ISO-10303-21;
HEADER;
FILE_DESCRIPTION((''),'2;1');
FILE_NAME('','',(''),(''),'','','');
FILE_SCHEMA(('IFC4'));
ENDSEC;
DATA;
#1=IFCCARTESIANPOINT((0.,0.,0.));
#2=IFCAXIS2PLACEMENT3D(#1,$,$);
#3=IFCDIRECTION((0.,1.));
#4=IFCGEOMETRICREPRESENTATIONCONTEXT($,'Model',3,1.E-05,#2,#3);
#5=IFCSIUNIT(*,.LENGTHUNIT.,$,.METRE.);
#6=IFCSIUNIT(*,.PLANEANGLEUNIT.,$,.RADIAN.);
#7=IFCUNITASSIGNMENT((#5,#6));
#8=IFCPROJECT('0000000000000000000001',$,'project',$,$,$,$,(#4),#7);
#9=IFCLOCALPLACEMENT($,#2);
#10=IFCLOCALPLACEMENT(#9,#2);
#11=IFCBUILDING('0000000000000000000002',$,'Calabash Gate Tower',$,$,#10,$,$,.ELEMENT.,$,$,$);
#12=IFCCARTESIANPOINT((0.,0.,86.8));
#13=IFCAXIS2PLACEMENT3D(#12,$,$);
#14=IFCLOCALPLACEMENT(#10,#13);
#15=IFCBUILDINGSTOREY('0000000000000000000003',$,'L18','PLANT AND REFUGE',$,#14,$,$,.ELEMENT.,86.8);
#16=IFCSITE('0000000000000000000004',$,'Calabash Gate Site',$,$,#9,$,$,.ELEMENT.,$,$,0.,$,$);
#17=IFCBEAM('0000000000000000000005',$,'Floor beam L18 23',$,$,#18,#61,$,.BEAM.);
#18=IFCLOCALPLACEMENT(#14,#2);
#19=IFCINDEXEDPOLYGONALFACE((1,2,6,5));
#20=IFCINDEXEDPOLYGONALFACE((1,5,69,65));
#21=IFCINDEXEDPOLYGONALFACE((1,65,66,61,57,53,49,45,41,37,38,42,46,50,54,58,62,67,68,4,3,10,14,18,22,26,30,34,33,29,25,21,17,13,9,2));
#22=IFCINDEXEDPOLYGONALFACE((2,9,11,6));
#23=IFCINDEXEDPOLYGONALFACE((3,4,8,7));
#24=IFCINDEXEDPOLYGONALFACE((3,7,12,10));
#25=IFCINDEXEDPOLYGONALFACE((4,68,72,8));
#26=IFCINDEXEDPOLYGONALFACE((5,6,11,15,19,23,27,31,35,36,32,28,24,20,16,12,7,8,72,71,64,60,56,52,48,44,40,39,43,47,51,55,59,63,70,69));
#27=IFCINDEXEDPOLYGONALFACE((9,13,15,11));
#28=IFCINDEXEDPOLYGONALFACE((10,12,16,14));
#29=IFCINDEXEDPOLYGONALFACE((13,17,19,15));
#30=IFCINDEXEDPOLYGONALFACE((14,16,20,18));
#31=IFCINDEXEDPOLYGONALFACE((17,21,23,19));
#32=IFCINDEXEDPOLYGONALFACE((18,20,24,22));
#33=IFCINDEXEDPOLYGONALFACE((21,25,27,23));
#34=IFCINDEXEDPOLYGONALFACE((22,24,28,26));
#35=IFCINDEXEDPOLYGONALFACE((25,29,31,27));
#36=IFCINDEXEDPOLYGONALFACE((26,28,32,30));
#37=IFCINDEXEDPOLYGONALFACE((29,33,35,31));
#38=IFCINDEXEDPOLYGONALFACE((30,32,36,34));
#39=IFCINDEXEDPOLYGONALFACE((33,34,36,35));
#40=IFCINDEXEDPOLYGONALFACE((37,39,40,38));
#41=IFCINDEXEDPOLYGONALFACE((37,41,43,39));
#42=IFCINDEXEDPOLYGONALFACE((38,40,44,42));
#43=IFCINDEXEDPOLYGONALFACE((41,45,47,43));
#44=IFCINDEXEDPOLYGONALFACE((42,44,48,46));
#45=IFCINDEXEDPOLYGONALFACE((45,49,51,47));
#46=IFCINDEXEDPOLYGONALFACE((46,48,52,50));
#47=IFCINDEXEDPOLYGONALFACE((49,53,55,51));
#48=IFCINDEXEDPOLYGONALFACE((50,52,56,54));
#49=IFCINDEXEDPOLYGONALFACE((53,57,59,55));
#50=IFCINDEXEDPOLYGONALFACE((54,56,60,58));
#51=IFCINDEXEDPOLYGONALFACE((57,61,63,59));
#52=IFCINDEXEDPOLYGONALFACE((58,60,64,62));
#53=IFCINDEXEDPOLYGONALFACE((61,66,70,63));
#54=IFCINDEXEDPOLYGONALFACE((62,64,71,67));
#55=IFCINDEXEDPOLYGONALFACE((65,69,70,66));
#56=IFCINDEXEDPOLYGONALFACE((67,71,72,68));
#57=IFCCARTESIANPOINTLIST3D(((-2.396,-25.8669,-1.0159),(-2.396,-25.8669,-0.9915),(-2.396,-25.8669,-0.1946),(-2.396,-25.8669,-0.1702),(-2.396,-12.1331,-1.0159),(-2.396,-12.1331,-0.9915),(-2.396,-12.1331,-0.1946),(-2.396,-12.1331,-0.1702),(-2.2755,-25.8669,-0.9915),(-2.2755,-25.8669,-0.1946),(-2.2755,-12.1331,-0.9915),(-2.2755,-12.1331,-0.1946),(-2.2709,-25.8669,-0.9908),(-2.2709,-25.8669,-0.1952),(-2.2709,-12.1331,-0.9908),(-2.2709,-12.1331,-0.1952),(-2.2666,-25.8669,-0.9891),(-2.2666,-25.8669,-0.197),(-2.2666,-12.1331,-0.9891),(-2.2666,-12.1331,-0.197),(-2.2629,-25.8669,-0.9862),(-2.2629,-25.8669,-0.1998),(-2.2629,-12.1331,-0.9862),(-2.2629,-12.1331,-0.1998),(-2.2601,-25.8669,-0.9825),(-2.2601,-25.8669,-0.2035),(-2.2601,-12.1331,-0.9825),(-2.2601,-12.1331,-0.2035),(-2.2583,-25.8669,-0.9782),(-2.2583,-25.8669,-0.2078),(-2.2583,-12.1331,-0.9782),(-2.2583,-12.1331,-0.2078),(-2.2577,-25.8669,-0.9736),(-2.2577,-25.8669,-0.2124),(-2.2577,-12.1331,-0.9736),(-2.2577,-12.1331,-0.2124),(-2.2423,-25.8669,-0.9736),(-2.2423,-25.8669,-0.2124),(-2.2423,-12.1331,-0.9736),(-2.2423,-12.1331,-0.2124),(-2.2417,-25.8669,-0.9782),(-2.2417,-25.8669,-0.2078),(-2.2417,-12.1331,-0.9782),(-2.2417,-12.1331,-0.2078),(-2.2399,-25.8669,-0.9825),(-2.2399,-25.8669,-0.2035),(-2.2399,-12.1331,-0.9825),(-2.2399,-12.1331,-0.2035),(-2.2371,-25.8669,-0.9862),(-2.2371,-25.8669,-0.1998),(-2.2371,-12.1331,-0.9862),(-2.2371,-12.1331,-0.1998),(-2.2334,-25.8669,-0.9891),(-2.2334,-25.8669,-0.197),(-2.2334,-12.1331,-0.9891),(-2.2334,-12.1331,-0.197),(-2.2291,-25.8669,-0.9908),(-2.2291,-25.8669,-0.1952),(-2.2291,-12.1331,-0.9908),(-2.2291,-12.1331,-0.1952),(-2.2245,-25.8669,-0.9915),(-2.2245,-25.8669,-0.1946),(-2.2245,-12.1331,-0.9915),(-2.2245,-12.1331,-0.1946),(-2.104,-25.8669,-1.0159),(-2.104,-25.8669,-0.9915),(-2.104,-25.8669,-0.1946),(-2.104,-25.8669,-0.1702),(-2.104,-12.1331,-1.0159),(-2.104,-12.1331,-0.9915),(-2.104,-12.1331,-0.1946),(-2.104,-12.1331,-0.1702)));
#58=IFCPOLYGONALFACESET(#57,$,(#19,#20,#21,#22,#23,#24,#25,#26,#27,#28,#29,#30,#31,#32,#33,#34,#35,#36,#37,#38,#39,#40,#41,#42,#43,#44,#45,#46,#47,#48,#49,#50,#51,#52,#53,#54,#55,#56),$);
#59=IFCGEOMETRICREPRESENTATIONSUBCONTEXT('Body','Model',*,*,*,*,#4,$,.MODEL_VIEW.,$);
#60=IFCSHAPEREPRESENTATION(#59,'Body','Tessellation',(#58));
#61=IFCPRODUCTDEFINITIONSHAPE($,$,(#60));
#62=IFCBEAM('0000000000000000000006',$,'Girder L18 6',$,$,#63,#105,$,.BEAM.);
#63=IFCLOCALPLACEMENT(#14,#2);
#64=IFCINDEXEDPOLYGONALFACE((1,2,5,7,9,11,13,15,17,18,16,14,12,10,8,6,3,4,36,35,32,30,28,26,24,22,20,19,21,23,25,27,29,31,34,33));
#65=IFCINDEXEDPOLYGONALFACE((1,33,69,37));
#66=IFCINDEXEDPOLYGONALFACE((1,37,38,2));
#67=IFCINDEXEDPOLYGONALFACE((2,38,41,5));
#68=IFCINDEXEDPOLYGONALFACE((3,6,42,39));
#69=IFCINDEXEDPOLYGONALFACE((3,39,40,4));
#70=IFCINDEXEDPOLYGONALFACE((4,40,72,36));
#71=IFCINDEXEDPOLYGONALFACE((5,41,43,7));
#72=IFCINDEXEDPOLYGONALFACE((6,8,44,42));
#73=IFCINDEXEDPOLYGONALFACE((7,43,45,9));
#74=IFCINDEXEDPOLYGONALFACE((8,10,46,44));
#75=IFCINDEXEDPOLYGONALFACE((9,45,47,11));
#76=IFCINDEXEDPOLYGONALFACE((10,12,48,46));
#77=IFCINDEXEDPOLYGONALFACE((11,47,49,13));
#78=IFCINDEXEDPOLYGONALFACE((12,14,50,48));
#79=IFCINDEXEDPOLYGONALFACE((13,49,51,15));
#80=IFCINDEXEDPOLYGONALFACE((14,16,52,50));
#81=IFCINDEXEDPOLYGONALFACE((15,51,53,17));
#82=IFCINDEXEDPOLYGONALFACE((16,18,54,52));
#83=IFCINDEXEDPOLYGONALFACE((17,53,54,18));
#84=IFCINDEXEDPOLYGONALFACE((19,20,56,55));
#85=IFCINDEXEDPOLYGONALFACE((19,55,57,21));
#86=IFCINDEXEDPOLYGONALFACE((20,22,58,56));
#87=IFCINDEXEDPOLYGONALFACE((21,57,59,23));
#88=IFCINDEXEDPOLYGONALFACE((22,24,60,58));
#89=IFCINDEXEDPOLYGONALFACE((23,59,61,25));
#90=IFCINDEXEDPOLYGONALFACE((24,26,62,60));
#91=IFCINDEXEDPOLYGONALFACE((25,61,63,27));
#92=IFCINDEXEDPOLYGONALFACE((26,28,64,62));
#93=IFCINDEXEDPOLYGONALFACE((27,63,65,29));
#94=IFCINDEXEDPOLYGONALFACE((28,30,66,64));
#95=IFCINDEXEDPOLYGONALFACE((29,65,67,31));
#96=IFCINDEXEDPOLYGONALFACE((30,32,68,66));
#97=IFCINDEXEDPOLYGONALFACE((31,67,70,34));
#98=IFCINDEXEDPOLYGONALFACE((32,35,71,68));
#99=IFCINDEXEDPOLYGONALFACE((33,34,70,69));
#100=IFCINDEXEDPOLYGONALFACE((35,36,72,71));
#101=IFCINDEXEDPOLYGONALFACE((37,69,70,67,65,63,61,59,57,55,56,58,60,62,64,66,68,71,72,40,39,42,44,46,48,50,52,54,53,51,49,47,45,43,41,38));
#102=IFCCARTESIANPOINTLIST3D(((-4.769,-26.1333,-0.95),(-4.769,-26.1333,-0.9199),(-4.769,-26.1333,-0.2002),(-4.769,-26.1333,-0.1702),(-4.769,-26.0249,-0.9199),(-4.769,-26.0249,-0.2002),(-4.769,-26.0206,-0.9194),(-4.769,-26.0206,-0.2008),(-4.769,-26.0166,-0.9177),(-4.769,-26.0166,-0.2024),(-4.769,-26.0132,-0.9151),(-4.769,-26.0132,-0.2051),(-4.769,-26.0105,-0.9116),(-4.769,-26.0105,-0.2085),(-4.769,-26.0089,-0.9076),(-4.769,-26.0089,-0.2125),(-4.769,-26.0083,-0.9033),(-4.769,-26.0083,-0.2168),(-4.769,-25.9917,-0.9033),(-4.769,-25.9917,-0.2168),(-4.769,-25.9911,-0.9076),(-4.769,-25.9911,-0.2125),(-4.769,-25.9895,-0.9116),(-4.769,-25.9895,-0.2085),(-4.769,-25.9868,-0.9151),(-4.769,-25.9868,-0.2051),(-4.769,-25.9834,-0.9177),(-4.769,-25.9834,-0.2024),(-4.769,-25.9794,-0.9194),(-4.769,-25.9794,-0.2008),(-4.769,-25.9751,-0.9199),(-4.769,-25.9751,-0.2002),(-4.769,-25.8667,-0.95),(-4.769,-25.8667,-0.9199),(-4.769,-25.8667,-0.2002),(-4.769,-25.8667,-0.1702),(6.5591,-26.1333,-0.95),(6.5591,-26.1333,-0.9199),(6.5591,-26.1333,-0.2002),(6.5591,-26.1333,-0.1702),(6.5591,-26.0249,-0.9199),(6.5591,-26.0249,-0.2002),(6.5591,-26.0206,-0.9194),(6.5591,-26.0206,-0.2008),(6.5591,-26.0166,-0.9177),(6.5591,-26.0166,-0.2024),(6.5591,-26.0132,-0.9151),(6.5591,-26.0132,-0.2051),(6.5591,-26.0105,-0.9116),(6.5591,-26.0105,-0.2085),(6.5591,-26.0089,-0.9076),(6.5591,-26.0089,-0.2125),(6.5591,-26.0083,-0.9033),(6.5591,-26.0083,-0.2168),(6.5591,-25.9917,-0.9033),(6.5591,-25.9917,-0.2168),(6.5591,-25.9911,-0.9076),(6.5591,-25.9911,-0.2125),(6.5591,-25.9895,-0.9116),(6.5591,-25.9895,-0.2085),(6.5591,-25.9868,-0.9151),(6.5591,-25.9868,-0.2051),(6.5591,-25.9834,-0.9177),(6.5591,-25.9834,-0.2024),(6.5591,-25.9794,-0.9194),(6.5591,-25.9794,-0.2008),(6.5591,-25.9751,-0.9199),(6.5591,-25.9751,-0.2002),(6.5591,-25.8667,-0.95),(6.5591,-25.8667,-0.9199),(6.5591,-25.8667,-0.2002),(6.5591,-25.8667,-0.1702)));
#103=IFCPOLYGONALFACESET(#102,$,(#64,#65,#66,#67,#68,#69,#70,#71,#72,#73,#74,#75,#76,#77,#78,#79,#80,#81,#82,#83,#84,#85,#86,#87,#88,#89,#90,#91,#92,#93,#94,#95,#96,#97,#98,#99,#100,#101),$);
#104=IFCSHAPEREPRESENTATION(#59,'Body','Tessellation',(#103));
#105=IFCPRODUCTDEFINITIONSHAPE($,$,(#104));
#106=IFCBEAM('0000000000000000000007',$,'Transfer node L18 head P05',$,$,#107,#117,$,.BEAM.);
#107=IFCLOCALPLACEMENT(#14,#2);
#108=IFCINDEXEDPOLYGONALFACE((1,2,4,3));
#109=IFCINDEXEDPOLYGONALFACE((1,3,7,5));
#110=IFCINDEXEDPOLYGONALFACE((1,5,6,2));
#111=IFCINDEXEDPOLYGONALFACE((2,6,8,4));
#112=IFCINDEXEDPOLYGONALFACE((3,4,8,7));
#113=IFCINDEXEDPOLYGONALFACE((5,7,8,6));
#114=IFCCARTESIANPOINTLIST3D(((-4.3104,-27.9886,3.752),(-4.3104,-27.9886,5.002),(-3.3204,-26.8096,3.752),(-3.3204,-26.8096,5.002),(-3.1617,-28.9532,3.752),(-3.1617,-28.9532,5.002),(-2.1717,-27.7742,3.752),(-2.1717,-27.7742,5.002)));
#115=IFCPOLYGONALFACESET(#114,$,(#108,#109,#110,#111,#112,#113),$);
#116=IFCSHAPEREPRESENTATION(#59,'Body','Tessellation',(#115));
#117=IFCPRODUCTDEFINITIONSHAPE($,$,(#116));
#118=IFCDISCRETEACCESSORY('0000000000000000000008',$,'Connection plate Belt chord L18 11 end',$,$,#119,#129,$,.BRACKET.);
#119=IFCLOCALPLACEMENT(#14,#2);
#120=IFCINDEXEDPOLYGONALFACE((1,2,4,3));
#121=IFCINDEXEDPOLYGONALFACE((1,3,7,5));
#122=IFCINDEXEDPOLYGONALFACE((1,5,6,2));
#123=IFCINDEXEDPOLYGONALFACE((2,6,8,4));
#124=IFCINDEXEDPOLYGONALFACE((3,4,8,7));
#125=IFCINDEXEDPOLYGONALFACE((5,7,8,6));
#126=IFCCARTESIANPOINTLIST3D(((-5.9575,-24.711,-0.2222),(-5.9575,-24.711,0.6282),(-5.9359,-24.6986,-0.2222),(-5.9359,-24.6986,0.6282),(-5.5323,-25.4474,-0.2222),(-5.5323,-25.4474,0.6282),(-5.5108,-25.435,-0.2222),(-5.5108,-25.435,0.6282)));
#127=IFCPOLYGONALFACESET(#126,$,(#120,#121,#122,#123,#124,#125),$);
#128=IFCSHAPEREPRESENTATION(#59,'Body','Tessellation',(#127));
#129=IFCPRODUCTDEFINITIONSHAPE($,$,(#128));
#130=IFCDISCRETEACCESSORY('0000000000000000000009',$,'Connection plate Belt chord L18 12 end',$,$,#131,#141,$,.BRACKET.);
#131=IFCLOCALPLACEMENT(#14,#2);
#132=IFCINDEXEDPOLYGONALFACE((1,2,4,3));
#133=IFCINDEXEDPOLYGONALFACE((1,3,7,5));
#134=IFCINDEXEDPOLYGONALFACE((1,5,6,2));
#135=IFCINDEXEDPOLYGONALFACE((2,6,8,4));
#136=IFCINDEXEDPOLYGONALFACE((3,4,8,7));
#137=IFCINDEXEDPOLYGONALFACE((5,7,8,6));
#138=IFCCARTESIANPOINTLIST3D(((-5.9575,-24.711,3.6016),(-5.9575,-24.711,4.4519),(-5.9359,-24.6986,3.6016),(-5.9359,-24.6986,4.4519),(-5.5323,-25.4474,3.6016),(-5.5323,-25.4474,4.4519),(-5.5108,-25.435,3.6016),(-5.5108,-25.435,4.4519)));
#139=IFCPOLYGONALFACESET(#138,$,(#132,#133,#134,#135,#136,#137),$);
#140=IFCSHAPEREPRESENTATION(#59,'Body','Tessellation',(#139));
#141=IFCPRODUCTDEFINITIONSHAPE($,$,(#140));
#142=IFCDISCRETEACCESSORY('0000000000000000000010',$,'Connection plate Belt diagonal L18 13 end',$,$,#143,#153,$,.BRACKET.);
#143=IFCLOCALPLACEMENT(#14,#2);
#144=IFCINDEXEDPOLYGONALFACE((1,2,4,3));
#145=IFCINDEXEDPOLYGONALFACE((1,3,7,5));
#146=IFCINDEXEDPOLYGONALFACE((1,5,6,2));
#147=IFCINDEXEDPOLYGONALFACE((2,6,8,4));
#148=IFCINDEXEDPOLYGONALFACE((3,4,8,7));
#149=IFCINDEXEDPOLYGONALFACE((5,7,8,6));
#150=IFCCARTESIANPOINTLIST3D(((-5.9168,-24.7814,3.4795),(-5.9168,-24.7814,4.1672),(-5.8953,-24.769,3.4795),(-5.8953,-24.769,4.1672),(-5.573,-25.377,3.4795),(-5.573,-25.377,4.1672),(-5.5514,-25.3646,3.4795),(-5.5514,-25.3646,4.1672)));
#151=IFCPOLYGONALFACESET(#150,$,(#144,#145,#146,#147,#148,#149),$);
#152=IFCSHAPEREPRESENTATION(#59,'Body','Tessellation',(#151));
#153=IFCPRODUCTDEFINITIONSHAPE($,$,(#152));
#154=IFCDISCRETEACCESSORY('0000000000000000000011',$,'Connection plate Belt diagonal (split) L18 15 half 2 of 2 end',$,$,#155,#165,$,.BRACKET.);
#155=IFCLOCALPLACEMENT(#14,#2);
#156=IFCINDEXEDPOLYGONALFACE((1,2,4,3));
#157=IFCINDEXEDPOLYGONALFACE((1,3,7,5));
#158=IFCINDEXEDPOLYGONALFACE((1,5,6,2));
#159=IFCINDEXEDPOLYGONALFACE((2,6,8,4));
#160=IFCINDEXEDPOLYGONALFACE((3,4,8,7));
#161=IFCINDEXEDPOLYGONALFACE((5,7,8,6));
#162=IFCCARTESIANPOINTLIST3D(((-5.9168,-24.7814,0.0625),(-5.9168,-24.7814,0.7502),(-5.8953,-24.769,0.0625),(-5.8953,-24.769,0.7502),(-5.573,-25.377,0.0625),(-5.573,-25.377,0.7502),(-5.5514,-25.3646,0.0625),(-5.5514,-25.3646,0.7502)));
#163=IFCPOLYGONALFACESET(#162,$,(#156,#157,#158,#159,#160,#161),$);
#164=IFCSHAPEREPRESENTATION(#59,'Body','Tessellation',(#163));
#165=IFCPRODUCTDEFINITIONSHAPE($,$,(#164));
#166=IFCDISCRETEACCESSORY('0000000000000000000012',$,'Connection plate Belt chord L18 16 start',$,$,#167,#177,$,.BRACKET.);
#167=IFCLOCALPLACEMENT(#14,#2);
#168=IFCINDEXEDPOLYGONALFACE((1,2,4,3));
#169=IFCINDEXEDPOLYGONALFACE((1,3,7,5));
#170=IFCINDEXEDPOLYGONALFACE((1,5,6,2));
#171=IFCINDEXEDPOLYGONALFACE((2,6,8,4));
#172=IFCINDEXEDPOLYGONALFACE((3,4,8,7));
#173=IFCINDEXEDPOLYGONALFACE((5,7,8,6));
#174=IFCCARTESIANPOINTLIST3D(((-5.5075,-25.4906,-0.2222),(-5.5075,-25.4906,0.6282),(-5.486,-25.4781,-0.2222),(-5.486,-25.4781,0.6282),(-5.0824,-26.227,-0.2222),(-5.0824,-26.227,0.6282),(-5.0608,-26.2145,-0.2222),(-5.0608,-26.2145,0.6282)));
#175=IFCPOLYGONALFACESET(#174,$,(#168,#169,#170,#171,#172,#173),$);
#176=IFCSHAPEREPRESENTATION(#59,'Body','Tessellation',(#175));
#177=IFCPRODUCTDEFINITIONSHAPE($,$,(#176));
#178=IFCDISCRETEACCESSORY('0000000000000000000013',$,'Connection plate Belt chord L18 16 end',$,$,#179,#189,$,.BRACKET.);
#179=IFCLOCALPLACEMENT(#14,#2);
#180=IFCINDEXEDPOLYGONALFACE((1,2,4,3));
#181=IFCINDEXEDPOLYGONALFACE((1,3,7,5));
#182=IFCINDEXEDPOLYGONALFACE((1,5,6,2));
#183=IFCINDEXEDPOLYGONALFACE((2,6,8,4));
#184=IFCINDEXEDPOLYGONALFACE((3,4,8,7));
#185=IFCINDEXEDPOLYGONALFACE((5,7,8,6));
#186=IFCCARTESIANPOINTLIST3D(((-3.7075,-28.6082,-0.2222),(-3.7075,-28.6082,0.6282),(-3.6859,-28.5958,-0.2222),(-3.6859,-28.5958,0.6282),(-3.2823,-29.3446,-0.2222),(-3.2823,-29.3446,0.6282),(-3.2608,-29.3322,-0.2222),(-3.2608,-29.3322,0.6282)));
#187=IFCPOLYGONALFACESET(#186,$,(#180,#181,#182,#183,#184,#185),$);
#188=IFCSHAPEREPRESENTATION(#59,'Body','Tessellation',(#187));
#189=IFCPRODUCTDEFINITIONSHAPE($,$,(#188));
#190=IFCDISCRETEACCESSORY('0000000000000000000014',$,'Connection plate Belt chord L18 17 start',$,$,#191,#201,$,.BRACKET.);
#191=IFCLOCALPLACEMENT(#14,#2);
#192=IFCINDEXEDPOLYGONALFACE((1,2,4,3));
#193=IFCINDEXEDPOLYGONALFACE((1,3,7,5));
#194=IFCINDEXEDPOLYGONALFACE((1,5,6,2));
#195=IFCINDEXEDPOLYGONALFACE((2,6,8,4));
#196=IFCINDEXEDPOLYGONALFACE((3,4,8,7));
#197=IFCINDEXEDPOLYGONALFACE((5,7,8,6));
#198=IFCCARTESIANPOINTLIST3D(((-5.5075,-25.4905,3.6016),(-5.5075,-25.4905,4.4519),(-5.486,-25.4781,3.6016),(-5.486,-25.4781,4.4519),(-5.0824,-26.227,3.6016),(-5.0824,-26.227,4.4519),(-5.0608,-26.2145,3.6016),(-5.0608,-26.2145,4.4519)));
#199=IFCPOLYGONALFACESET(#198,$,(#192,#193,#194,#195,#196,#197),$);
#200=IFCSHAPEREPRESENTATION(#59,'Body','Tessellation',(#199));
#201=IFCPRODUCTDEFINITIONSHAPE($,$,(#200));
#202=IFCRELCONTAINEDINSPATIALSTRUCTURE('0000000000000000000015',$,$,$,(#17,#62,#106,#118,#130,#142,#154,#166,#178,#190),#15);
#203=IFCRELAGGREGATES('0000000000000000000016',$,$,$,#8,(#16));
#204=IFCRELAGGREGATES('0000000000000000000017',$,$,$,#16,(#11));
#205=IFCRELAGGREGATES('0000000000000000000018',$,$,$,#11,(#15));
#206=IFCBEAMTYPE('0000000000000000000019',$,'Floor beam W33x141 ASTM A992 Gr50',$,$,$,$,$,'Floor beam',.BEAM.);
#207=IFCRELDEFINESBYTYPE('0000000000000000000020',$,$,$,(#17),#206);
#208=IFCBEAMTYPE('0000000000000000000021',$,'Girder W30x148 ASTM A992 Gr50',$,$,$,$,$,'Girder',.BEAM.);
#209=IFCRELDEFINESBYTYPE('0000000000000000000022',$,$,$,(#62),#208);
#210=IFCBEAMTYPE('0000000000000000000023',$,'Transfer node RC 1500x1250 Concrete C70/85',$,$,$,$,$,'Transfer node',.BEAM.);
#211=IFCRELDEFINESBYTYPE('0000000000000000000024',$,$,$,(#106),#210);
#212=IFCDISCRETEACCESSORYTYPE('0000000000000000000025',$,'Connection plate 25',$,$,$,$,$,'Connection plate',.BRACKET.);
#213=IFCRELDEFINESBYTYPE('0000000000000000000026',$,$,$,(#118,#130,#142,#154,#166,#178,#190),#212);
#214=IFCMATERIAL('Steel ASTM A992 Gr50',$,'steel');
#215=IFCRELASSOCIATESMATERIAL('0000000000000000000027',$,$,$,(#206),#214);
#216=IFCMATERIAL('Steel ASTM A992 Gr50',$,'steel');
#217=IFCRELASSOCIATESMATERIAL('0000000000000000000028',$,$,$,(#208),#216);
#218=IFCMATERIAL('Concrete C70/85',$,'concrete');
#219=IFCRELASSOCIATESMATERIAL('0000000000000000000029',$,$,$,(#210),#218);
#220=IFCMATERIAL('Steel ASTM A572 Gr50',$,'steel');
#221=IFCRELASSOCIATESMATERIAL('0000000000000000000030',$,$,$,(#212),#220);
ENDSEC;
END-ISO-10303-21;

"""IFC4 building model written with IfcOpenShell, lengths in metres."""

from ifc_helpers import new_model, si_unit, direction, frame, origin, origin_2d, place, context, subcontext, project, spatial, rectangle, i_section, extrude, material, material_profile, profile_set, type_object, element, save


model = new_model("IFC4")

# Units and contexts
model_context = context("Model", 3, precision=1e-05, world=origin(), true_north=direction((0.0, 1.0)))
body_context = subcontext(model_context, "Body", "Model", "MODEL_VIEW")
ifc_project = project(units=[si_unit("LENGTHUNIT", "METRE"), si_unit("PLANEANGLEUNIT", "RADIAN")], contexts=[model_context])

# Site, building, storey
site_placement = place(None, origin())
site = spatial("IfcSite", under=ifc_project, at=site_placement, Name="Calabash Gate Site", CompositionType="ELEMENT", RefElevation=0.0)
building_placement = place(site_placement, origin())
building = spatial("IfcBuilding", under=site, at=building_placement, Name="Calabash Gate Tower", CompositionType="ELEMENT")
storey_placement = place(building_placement, frame((0.0, 0.0, 86.8)))
storey = spatial("IfcBuildingStorey", under=building, at=storey_placement, Name="L18", Description="PLANT AND REFUGE", CompositionType="ELEMENT", Elevation=86.8)

# Beams
ifc_material_1 = material(Name="Steel ASTM A992 Gr50", Category="steel")
ifc_material_profile_1 = material_profile(ifc_material_1, i_section(OverallWidth=0.292, OverallDepth=0.8457, WebThickness=0.0154, FlangeThickness=0.0244, FilletRadius=0.0178, at=origin_2d()))
ifc_profile_set_1 = profile_set([ifc_material_profile_1], Name="Steel ASTM A992 Gr50")
beam_type_1 = type_object("IfcBeamType", Name="Floor beam W33x141 ASTM A992 Gr50", ElementType="Floor beam", PredefinedType="BEAM", material=ifc_profile_set_1)
for number, where, z_axis, x_axis, name in (
    (1, (-2.25, -25.8669, -0.593), (0.0, 1.0, 0.0), (-1.0, 0.0, 0.0), "Floor beam L18 23"),
):
    element("IfcBeam", number, at=place(storey_placement, frame(where, z_axis=z_axis, x_axis=x_axis)), inside=storey, type_object=beam_type_1, Name=name, PredefinedType="BEAM", context=body_context, shape_type="SweptSolid", body=[
        extrude(i_section(OverallWidth=0.292, OverallDepth=0.8457, WebThickness=0.0154, FlangeThickness=0.0244, FilletRadius=0.0178, at=origin_2d()), origin(), (0.0, 0.0, 1.0), 13.7339),
    ])
ifc_material_2 = material(Name="Steel ASTM A992 Gr50", Category="steel")
ifc_material_profile_2 = material_profile(ifc_material_2, i_section(OverallWidth=0.2666, OverallDepth=0.7798, WebThickness=0.0166, FlangeThickness=0.03, FilletRadius=0.0166, at=origin_2d()))
ifc_profile_set_2 = profile_set([ifc_material_profile_2], Name="Steel ASTM A992 Gr50")
beam_type_2 = type_object("IfcBeamType", Name="Girder W30x148 ASTM A992 Gr50", ElementType="Girder", PredefinedType="BEAM", material=ifc_profile_set_2)
beam_1_placement = place(storey_placement, frame((-4.769, -26.0, -0.5601), z_axis=(1.0, 0.0, 0.0), x_axis=(0.0, 1.0, 0.0)))
element("IfcBeam", 2, at=beam_1_placement, inside=storey, type_object=beam_type_2, Name="Girder L18 6", PredefinedType="BEAM", context=body_context, shape_type="SweptSolid", body=[
    extrude(i_section(OverallWidth=0.2666, OverallDepth=0.7798, WebThickness=0.0166, FlangeThickness=0.03, FilletRadius=0.0166, at=origin_2d()), origin(), (0.0, 0.0, 1.0), 11.3281),
])
ifc_material_3 = material(Name="Concrete C70/85", Category="concrete")
ifc_material_profile_3 = material_profile(ifc_material_3, rectangle(XDim=1.5, YDim=1.25, at=origin_2d()))
ifc_profile_set_3 = profile_set([ifc_material_profile_3], Name="Concrete C70/85")
beam_type_3 = type_object("IfcBeamType", Name="Transfer node RC 1500x1250 Concrete C70/85", ElementType="Transfer node", PredefinedType="BEAM", material=ifc_profile_set_3)
beam_2_placement = place(storey_placement, frame((-3.7361, -28.4709, 4.377), z_axis=(0.643066, 0.765811, 0.0), x_axis=(-0.765811, 0.643066, 0.0)))
element("IfcBeam", 3, at=beam_2_placement, inside=storey, type_object=beam_type_3, Name="Transfer node L18 head P05", PredefinedType="BEAM", context=body_context, shape_type="SweptSolid", body=[
    extrude(rectangle(XDim=1.5, YDim=1.25, at=origin_2d()), origin(), (0.0, 0.0, 1.0), 1.5396),
])

# Discrete accessories
ifc_material_4 = material(Name="Steel ASTM A572 Gr50", Category="steel")
discrete_accessory_type = type_object("IfcDiscreteAccessoryType", Name="Connection plate 25", ElementType="Connection plate", PredefinedType="BRACKET", material=ifc_material_4)
for number, where, z_axis, x_axis, name in (
    (4, (-5.7341, -25.073, -0.2222), (0.0, 0.0, 1.0), (0.5, -0.866025, 0.0), "Connection plate Belt chord L18 11 end"),
    (5, (-5.7341, -25.073, 3.6016), (0.0, 0.0, 1.0), (0.5, -0.866025, 0.0), "Connection plate Belt chord L18 12 end"),
):
    element("IfcDiscreteAccessory", number, at=place(storey_placement, frame(where, z_axis=z_axis, x_axis=x_axis)), inside=storey, type_object=discrete_accessory_type, Name=name, PredefinedType="BRACKET", context=body_context, shape_type="SweptSolid", body=[
        extrude(rectangle(XDim=0.8503, YDim=0.0249, at=origin_2d()), origin(), (0.0, 0.0, 1.0), 0.8503),
    ])
for number, where, z_axis, x_axis, name in (
    (6, (-5.7341, -25.073, 3.4795), (0.0, 0.0, 1.0), (0.5, -0.866025, 0.0), "Connection plate Belt diagonal L18 13 end"),
    (7, (-5.7341, -25.073, 0.0625), (0.0, 0.0, 1.0), (0.5, -0.866025, 0.0), "Connection plate Belt diagonal (split) L18 15 half 2 of 2 end"),
):
    element("IfcDiscreteAccessory", number, at=place(storey_placement, frame(where, z_axis=z_axis, x_axis=x_axis)), inside=storey, type_object=discrete_accessory_type, Name=name, PredefinedType="BRACKET", context=body_context, shape_type="SweptSolid", body=[
        extrude(rectangle(XDim=0.6877, YDim=0.0249, at=origin_2d()), origin(), (0.0, 0.0, 1.0), 0.6877),
    ])
for number, where, z_axis, x_axis, name in (
    (8, (-5.2842, -25.8525, -0.2222), (0.0, 0.0, 1.0), (0.5, -0.866025, 0.0), "Connection plate Belt chord L18 16 start"),
    (9, (-3.4841, -28.9702, -0.2222), (0.0, 0.0, 1.0), (0.5, -0.866025, 0.0), "Connection plate Belt chord L18 16 end"),
    (10, (-5.2842, -25.8525, 3.6016), (0.0, 0.0, 1.0), (0.499954, -0.866052, 0.0), "Connection plate Belt chord L18 17 start"),
):
    element("IfcDiscreteAccessory", number, at=place(storey_placement, frame(where, z_axis=z_axis, x_axis=x_axis)), inside=storey, type_object=discrete_accessory_type, Name=name, PredefinedType="BRACKET", context=body_context, shape_type="SweptSolid", body=[
        extrude(rectangle(XDim=0.8503, YDim=0.0249, at=origin_2d()), origin(), (0.0, 0.0, 1.0), 0.8503),
    ])

save(model, "model.ifc")
